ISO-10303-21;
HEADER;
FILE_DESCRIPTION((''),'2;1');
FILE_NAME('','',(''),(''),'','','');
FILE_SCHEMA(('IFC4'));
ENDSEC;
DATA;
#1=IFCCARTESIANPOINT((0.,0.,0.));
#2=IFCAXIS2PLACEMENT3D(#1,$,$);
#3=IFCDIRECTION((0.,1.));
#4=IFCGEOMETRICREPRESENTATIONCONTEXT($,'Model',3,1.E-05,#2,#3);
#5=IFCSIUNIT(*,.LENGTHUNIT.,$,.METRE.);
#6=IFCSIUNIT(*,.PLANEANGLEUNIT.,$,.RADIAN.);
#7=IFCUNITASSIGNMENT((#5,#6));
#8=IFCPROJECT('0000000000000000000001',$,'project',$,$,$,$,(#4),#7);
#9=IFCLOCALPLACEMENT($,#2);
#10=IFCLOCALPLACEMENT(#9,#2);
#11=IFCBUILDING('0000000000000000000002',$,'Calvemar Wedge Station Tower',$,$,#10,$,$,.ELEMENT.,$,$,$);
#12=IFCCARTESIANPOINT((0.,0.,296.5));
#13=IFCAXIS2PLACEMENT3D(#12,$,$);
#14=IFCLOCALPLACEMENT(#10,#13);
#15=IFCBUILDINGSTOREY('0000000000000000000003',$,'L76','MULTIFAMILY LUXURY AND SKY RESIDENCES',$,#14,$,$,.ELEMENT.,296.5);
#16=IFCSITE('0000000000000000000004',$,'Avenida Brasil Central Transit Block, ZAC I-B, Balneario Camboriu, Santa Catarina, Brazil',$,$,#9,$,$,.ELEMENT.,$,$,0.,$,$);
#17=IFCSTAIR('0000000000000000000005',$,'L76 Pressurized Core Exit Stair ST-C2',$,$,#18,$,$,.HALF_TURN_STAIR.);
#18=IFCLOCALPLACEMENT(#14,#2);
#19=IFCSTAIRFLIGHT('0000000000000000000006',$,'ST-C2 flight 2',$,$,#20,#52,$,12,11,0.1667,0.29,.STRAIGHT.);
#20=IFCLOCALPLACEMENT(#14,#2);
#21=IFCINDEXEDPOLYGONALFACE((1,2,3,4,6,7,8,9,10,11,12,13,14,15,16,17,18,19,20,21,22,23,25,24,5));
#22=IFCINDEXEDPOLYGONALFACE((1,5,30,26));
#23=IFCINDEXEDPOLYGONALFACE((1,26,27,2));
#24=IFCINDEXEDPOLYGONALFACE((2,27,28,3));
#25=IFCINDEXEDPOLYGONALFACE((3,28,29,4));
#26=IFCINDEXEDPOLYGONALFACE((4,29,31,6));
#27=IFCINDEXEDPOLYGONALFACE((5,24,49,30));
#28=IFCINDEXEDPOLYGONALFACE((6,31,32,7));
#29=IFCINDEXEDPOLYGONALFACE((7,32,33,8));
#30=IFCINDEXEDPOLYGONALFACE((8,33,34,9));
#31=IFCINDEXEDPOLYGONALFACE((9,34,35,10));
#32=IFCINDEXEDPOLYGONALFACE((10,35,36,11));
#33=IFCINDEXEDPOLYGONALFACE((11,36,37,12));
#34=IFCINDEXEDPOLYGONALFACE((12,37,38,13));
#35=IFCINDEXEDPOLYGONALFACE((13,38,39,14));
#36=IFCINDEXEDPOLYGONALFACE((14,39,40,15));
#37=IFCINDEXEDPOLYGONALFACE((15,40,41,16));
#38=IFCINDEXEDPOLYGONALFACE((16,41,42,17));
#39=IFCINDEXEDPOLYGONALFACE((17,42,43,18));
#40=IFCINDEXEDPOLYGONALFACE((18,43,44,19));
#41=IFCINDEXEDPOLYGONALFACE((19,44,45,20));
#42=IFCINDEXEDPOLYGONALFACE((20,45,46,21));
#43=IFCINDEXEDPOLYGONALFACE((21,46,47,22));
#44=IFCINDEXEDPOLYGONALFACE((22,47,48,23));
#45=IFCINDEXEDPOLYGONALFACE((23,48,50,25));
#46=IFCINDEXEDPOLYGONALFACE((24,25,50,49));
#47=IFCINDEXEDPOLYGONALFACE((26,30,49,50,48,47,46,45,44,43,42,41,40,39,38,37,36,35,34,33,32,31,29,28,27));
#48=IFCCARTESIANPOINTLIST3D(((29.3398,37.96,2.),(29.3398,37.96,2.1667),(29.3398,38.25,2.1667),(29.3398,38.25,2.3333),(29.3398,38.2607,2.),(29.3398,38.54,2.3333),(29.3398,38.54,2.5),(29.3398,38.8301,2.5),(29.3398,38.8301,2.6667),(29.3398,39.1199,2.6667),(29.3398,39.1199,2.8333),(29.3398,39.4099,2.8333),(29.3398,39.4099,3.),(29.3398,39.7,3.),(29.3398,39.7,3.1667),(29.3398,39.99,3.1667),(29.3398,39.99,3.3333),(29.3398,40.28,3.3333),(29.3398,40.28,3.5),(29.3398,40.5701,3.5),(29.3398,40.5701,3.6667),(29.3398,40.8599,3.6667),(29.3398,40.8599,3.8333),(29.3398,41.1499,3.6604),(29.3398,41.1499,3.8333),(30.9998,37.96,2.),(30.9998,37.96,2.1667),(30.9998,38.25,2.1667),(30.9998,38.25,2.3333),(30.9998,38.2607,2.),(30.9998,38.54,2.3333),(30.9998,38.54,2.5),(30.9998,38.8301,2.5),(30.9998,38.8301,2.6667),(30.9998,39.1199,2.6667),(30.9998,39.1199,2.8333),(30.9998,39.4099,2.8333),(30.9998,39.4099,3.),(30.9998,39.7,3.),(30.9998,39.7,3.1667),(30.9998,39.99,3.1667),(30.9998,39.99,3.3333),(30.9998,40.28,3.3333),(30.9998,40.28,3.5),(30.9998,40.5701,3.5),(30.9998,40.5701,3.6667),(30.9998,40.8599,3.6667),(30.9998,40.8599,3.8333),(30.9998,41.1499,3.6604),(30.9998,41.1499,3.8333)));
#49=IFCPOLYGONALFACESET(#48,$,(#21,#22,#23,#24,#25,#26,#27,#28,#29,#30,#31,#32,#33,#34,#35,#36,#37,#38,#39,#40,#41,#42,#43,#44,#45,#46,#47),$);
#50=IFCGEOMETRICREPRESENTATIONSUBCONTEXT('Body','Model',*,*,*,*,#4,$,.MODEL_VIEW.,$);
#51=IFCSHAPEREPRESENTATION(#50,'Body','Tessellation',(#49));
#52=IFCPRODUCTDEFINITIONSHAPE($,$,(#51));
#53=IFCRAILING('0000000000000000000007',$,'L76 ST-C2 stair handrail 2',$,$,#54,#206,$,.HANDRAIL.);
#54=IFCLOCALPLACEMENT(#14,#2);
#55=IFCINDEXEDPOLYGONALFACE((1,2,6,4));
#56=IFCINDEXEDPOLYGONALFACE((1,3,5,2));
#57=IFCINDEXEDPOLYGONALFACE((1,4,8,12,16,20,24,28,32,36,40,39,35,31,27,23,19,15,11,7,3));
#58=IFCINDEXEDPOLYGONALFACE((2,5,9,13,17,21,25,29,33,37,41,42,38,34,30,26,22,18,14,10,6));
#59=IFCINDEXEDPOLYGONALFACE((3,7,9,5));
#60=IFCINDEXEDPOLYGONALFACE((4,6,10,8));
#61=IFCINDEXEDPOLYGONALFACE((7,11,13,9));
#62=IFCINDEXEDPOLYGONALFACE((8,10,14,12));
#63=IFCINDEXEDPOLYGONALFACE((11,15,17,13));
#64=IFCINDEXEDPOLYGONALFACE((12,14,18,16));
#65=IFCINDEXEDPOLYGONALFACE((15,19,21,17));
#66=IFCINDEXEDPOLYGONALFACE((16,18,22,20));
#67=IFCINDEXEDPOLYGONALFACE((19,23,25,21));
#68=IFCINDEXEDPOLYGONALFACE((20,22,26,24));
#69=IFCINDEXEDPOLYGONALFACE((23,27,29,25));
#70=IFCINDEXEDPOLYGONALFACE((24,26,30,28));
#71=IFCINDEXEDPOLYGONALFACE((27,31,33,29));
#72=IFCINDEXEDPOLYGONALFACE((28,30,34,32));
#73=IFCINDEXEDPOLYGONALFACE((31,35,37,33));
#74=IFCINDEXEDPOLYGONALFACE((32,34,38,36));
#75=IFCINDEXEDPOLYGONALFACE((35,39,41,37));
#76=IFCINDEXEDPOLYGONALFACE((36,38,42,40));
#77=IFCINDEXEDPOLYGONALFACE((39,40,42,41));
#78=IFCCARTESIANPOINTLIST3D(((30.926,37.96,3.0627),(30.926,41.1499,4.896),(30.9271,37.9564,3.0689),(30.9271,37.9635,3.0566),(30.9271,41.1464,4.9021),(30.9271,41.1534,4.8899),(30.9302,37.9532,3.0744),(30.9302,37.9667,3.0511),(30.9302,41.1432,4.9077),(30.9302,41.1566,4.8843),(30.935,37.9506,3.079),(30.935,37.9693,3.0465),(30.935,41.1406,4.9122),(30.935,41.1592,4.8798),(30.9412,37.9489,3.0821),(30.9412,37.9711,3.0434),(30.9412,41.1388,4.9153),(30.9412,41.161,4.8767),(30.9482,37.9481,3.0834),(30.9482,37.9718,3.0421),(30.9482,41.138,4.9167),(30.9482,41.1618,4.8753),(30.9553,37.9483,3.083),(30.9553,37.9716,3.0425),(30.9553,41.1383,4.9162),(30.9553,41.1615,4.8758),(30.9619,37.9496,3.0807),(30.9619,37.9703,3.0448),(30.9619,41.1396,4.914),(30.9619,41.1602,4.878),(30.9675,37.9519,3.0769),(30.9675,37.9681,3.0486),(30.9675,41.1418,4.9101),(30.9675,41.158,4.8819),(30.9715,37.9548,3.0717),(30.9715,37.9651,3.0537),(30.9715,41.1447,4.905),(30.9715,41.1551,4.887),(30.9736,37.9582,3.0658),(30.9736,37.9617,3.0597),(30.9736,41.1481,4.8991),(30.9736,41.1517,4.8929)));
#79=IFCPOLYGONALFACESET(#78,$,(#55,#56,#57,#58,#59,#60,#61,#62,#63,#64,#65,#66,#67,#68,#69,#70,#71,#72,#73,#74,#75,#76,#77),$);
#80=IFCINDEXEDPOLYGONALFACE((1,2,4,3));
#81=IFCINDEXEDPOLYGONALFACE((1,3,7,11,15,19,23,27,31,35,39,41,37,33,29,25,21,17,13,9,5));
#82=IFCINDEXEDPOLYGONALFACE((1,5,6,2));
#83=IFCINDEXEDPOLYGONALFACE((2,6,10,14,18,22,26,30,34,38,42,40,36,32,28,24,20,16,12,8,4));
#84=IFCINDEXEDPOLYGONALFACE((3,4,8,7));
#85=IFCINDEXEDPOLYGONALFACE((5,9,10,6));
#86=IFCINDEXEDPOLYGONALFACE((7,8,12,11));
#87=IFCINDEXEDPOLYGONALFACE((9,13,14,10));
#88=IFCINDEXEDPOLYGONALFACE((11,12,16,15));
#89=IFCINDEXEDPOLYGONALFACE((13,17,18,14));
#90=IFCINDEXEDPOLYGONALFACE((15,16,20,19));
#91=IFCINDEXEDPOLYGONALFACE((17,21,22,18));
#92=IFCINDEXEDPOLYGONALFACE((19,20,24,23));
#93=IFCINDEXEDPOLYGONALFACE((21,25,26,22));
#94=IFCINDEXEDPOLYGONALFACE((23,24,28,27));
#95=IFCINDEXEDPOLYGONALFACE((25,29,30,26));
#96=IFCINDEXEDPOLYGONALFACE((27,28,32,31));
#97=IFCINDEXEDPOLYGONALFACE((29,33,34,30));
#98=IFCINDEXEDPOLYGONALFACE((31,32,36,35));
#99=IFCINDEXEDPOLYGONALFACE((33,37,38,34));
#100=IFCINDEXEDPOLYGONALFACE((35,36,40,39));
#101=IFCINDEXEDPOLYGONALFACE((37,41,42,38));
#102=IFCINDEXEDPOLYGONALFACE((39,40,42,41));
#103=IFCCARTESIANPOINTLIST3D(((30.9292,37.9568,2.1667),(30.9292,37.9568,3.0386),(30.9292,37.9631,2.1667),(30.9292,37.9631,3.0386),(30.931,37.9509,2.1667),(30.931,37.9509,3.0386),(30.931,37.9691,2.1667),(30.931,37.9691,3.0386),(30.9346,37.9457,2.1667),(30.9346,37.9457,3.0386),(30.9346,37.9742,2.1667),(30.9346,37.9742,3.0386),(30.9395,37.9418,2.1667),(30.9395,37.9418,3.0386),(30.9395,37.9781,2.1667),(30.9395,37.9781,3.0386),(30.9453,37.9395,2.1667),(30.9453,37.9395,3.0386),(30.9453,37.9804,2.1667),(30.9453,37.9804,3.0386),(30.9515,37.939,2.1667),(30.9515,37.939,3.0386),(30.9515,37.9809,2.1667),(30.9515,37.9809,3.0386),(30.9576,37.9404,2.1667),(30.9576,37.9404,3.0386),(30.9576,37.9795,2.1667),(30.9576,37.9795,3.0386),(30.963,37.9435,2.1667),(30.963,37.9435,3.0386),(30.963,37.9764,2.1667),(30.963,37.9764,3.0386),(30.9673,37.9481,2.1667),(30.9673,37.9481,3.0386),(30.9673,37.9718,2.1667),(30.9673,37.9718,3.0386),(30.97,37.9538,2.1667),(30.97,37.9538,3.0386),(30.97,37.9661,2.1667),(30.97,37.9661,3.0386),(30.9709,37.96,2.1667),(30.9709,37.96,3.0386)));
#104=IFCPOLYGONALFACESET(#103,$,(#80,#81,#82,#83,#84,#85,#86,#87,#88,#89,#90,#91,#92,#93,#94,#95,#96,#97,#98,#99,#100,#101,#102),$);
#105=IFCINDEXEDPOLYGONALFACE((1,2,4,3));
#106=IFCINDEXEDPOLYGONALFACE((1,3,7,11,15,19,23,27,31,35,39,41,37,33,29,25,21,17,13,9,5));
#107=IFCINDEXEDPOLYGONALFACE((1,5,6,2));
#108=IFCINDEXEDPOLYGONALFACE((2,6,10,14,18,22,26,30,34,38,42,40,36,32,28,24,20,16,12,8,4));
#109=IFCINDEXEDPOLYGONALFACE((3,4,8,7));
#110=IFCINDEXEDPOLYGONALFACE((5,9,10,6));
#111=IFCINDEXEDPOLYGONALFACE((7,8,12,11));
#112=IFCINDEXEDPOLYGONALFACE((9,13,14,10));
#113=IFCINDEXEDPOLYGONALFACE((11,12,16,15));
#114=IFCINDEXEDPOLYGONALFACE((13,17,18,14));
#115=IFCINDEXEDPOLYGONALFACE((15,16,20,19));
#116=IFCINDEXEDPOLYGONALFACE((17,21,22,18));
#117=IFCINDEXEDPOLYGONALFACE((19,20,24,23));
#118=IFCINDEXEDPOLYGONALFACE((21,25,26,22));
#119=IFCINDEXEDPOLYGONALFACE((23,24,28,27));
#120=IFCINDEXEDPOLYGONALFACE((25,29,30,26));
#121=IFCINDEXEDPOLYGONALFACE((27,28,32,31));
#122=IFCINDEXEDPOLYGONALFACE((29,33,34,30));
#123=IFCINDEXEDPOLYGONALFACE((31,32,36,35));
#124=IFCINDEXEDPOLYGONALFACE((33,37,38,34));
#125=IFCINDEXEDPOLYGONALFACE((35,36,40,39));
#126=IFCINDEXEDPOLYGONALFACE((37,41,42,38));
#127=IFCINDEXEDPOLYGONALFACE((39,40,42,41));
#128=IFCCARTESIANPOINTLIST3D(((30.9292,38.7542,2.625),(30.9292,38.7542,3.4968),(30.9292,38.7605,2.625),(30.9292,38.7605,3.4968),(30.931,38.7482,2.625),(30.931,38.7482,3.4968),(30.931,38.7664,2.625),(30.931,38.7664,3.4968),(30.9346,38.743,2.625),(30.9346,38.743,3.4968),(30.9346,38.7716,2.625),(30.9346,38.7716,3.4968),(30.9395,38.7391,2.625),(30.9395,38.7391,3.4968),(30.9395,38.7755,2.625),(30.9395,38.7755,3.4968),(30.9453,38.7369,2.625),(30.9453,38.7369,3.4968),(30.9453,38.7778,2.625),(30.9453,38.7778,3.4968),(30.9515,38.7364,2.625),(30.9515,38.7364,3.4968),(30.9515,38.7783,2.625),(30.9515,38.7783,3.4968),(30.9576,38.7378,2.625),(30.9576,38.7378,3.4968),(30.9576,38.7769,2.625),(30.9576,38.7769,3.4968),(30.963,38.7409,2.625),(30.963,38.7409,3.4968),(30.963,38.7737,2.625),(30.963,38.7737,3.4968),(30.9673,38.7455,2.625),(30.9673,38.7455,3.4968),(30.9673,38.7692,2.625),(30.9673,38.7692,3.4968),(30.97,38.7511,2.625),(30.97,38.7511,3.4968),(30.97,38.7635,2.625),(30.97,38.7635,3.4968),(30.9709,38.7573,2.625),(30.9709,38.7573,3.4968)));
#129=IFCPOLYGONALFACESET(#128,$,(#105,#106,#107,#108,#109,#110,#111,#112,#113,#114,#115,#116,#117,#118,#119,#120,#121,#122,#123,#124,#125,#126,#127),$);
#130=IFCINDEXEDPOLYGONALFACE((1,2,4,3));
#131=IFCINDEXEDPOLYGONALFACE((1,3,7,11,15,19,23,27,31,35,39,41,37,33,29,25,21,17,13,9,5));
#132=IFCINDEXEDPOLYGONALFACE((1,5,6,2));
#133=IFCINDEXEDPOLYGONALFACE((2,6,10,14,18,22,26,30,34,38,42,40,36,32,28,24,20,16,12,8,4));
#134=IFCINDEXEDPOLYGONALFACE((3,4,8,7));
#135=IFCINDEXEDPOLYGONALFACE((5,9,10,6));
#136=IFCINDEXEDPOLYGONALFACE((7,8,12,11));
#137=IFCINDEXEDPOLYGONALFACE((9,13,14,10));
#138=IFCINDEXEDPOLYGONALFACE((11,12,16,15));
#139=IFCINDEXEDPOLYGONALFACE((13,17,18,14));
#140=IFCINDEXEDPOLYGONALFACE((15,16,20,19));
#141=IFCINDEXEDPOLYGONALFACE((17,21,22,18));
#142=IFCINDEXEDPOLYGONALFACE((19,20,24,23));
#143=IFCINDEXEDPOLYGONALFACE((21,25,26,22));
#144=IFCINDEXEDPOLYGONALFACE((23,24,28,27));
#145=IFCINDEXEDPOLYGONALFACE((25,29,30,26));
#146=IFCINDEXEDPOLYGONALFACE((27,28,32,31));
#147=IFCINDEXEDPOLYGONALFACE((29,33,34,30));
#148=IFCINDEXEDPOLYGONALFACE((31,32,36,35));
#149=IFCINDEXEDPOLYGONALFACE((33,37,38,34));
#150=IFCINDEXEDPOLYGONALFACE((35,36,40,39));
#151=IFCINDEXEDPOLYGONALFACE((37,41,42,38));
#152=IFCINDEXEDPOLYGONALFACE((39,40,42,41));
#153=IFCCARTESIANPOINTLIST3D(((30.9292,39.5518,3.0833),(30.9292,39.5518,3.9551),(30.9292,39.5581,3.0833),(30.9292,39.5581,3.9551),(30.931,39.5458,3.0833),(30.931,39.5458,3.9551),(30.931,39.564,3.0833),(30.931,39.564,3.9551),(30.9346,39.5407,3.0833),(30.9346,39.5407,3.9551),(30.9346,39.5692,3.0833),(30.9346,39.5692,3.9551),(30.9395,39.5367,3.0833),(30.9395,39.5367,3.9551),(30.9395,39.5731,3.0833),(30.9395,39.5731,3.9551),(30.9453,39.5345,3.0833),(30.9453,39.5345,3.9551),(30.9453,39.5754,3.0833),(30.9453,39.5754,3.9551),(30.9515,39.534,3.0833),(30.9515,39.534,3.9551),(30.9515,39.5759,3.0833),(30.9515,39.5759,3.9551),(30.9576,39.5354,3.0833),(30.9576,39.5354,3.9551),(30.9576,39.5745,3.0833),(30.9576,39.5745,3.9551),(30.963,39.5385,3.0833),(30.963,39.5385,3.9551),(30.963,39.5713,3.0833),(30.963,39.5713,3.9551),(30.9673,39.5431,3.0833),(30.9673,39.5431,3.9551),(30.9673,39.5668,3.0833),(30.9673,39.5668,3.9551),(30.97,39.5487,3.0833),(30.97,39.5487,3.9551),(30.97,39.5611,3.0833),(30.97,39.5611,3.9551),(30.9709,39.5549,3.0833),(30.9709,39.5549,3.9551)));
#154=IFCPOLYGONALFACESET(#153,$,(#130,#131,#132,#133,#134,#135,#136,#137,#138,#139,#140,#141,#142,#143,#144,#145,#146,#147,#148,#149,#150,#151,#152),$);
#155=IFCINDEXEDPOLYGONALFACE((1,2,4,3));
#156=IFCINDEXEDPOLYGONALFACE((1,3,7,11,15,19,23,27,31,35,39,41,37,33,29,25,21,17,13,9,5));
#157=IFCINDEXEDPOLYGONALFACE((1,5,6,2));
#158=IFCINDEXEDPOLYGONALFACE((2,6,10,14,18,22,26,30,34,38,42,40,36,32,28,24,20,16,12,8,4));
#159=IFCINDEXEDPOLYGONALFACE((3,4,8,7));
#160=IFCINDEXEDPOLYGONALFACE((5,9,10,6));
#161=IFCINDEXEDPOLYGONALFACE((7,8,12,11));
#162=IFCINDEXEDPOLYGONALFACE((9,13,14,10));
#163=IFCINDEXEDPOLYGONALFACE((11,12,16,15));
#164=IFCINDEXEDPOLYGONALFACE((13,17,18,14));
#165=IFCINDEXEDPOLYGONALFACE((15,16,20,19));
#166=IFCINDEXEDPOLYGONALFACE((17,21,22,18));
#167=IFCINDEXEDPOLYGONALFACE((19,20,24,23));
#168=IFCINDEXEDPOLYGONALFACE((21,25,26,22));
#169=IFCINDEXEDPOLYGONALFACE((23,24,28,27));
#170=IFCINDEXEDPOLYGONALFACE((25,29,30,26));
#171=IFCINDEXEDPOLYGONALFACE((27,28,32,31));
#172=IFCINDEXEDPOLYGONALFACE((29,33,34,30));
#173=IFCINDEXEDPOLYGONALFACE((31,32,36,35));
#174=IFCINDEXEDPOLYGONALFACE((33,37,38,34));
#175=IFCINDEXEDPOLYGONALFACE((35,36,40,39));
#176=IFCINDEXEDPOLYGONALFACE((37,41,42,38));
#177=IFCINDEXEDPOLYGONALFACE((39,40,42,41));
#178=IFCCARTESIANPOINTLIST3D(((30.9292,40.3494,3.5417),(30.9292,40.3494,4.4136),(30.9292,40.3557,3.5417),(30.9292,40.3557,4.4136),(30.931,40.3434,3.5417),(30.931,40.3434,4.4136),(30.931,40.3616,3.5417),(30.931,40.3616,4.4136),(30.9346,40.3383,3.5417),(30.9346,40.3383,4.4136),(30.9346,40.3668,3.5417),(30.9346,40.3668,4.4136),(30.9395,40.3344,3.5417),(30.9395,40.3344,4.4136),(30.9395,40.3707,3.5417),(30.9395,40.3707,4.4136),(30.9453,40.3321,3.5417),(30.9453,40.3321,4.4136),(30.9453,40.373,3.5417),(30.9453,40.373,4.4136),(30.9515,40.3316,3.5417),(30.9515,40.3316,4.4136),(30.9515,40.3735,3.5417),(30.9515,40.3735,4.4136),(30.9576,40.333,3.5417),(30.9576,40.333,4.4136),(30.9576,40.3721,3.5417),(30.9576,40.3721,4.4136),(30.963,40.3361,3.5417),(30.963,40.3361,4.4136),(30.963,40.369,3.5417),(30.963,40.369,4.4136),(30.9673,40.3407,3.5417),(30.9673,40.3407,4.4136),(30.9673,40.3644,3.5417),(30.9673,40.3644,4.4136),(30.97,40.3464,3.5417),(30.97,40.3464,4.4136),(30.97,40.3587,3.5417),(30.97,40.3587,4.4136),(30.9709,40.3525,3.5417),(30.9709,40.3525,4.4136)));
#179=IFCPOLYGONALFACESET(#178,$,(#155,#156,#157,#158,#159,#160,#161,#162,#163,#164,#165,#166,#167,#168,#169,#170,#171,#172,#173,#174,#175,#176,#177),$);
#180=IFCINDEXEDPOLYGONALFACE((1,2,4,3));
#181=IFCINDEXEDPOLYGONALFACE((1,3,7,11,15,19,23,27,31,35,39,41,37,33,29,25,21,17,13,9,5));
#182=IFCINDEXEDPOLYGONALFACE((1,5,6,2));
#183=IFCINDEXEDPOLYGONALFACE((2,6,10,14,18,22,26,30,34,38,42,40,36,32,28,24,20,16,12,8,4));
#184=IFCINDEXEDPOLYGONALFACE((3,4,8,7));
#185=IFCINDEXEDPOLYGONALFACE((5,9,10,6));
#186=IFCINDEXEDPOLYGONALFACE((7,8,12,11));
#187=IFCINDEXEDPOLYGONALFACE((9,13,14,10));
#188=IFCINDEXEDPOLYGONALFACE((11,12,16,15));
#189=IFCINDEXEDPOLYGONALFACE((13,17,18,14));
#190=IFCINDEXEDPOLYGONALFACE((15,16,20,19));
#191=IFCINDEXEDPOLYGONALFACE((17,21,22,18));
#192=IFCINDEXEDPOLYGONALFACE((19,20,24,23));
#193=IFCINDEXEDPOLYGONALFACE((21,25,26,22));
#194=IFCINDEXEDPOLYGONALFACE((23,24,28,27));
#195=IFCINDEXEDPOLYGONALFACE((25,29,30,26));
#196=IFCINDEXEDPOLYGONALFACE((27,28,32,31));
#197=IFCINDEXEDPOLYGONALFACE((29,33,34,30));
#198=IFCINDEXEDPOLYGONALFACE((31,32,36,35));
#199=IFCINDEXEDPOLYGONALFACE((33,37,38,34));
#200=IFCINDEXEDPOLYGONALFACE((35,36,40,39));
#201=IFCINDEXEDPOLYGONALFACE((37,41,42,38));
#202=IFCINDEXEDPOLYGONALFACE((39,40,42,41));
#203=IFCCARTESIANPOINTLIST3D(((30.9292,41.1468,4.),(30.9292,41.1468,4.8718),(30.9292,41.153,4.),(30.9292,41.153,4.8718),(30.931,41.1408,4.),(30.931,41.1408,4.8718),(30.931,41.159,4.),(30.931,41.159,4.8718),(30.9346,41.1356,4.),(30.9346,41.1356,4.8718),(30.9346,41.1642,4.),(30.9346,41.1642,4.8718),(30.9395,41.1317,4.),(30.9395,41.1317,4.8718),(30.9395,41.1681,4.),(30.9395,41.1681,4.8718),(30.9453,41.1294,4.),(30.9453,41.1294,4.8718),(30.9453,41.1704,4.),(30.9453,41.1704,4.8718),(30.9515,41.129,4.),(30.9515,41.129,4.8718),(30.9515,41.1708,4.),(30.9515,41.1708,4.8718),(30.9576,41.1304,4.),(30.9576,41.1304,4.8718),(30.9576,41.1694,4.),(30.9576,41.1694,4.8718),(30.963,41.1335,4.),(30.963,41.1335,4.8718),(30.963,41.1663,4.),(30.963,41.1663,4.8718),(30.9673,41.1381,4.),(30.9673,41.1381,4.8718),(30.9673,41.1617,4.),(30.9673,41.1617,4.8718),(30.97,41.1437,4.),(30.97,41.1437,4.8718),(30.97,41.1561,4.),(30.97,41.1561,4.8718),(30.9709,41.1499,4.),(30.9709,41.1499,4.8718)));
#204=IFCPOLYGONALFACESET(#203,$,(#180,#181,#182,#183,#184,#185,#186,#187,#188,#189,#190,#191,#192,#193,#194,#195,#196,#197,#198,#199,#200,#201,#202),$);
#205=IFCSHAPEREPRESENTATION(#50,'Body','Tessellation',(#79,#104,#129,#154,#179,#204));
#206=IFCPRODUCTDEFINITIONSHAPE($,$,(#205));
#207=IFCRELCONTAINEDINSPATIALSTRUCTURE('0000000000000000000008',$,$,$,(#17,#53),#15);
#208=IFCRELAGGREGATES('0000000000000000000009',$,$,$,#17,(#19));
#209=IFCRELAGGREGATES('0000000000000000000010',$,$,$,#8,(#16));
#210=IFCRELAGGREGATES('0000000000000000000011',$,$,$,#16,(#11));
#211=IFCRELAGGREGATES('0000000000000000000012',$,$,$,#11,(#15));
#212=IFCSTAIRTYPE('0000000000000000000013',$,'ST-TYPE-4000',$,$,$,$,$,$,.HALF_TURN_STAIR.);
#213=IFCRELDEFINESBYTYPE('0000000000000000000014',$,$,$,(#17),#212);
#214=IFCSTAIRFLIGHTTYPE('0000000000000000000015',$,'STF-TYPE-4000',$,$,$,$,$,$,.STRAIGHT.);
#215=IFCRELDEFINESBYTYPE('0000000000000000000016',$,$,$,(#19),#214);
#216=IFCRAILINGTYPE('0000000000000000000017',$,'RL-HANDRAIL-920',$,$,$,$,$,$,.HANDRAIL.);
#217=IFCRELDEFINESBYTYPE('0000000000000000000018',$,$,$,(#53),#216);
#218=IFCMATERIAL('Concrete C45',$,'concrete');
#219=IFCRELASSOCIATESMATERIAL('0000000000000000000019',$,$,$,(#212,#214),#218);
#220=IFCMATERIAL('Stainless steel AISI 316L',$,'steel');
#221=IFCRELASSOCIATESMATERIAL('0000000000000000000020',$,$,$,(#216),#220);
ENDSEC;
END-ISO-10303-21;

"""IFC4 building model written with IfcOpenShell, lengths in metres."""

from ifc_helpers import new_model, si_unit, direction, frame, origin, origin_2d, place, context, subcontext, project, spatial, polyline, circle, outline, extrude, material, type_object, element, aggregate, save


model = new_model("IFC4")

# Units and contexts
model_context = context("Model", 3, precision=1e-05, world=origin(), true_north=direction((0.0, 1.0)))
body_context = subcontext(model_context, "Body", "Model", "MODEL_VIEW")
ifc_project = project(units=[si_unit("LENGTHUNIT", "METRE"), si_unit("PLANEANGLEUNIT", "RADIAN")], contexts=[model_context])

# Site, building, storey
site_placement = place(None, origin())
site = spatial("IfcSite", under=ifc_project, at=site_placement, Name="Avenida Brasil Central Transit Block, ZAC I-B, Balneario Camboriu, Santa Catarina, Brazil", CompositionType="ELEMENT", RefElevation=0.0)
building_placement = place(site_placement, origin())
building = spatial("IfcBuilding", under=site, at=building_placement, Name="Calvemar Wedge Station Tower", CompositionType="ELEMENT")
storey_placement = place(building_placement, frame((0.0, 0.0, 296.5)))
storey = spatial("IfcBuildingStorey", under=building, at=storey_placement, Name="L76", Description="MULTIFAMILY LUXURY AND SKY RESIDENCES", CompositionType="ELEMENT", Elevation=296.5)

# Stair, stair flight
ifc_material_1 = material(Name="Concrete C45", Category="concrete")
stair_type = type_object("IfcStairType", Name="ST-TYPE-4000", PredefinedType="HALF_TURN_STAIR", material=ifc_material_1)
stair_placement = place(storey_placement, origin())
stair = element("IfcStair", 1, at=stair_placement, inside=storey, type_object=stair_type, Name="L76 Pressurized Core Exit Stair ST-C2", PredefinedType="HALF_TURN_STAIR")
stair_flight_type = type_object("IfcStairFlightType", Name="STF-TYPE-4000", PredefinedType="STRAIGHT", material=ifc_material_1)
stair_flight_placement = place(storey_placement, frame((30.1699, 37.96, 2.0), z_axis=(0.0, 0.0, 1.0), x_axis=(0.0, 1.0, 0.0)))
stair_flight = element("IfcStairFlight", 2, at=stair_flight_placement, type_object=stair_flight_type, Name="ST-C2 flight 2", NumberOfRisers=12, NumberOfTreads=11, PredefinedType="STRAIGHT", RiserHeight=0.1667, TreadLength=0.29, context=body_context, shape_type="SweptSolid", body=[
    extrude(outline(polyline([(0.0, 0.0), (0.0, 0.1667), (0.29, 0.1667), (0.29, 0.3333), (0.5801, 0.3333), (0.5801, 0.5), (0.8701, 0.5), (0.8701, 0.6667), (1.1599, 0.6667), (1.1599, 0.8333), (1.45, 0.8333), (1.45, 1.0), (1.74, 1.0), (1.74, 1.1667), (2.03, 1.1667), (2.03, 1.3333), (2.3201, 1.3333), (2.3201, 1.5), (2.6101, 1.5), (2.6101, 1.6667), (2.8999, 1.6667), (2.8999, 1.8333), (3.1899, 1.8333), (3.1899, 2.0), (3.1899, 1.6604), (0.3008, 0.0), (0.0, 0.0)])), frame((0.0, 0.8301, 0.0), z_axis=(0.0, -1.0, 0.0), x_axis=(1.0, 0.0, 0.0)), (0.0, 0.0, 1.0), 1.6599),
])
aggregate(stair, [stair_flight])

# Railing
ifc_material_2 = material(Name="Stainless steel AISI 316L", Category="steel")
railing_type_1 = type_object("IfcRailingType", Name="RL-HANDRAIL-920", PredefinedType="HANDRAIL", material=ifc_material_2)
railing_1_placement = place(storey_placement, frame((30.95, 37.96, 2.1667)))
element("IfcRailing", 3, at=railing_1_placement, inside=storey, type_object=railing_type_1, Name="L76 ST-C2 stair handrail 2", PredefinedType="HANDRAIL", context=body_context, shape_type="SweptSolid", body=[
    extrude(circle(Radius=0.0239, at=origin_2d()), frame((0.0, 0.0, 0.896), z_axis=(0.0, 0.86702, 0.498274), x_axis=(-1.0, 0.0, 0.0)), (0.0, 0.0, 1.0), 3.6792),
    extrude(circle(Radius=0.021, at=origin_2d()), origin(), (0.0, 0.0, 1.0), 0.8718),
    extrude(circle(Radius=0.021, at=origin_2d()), frame((0.0, 0.7974, 0.4583)), (0.0, 0.0, 1.0), 0.8718),
    extrude(circle(Radius=0.021, at=origin_2d()), frame((0.0, 1.595, 0.9165)), (0.0, 0.0, 1.0), 0.8718),
    extrude(circle(Radius=0.021, at=origin_2d()), frame((0.0, 2.3926, 1.375)), (0.0, 0.0, 1.0), 0.8718),
    extrude(circle(Radius=0.021, at=origin_2d()), frame((0.0, 3.1899, 1.8333)), (0.0, 0.0, 1.0), 0.8718),
])

save(model, "model.ifc")
